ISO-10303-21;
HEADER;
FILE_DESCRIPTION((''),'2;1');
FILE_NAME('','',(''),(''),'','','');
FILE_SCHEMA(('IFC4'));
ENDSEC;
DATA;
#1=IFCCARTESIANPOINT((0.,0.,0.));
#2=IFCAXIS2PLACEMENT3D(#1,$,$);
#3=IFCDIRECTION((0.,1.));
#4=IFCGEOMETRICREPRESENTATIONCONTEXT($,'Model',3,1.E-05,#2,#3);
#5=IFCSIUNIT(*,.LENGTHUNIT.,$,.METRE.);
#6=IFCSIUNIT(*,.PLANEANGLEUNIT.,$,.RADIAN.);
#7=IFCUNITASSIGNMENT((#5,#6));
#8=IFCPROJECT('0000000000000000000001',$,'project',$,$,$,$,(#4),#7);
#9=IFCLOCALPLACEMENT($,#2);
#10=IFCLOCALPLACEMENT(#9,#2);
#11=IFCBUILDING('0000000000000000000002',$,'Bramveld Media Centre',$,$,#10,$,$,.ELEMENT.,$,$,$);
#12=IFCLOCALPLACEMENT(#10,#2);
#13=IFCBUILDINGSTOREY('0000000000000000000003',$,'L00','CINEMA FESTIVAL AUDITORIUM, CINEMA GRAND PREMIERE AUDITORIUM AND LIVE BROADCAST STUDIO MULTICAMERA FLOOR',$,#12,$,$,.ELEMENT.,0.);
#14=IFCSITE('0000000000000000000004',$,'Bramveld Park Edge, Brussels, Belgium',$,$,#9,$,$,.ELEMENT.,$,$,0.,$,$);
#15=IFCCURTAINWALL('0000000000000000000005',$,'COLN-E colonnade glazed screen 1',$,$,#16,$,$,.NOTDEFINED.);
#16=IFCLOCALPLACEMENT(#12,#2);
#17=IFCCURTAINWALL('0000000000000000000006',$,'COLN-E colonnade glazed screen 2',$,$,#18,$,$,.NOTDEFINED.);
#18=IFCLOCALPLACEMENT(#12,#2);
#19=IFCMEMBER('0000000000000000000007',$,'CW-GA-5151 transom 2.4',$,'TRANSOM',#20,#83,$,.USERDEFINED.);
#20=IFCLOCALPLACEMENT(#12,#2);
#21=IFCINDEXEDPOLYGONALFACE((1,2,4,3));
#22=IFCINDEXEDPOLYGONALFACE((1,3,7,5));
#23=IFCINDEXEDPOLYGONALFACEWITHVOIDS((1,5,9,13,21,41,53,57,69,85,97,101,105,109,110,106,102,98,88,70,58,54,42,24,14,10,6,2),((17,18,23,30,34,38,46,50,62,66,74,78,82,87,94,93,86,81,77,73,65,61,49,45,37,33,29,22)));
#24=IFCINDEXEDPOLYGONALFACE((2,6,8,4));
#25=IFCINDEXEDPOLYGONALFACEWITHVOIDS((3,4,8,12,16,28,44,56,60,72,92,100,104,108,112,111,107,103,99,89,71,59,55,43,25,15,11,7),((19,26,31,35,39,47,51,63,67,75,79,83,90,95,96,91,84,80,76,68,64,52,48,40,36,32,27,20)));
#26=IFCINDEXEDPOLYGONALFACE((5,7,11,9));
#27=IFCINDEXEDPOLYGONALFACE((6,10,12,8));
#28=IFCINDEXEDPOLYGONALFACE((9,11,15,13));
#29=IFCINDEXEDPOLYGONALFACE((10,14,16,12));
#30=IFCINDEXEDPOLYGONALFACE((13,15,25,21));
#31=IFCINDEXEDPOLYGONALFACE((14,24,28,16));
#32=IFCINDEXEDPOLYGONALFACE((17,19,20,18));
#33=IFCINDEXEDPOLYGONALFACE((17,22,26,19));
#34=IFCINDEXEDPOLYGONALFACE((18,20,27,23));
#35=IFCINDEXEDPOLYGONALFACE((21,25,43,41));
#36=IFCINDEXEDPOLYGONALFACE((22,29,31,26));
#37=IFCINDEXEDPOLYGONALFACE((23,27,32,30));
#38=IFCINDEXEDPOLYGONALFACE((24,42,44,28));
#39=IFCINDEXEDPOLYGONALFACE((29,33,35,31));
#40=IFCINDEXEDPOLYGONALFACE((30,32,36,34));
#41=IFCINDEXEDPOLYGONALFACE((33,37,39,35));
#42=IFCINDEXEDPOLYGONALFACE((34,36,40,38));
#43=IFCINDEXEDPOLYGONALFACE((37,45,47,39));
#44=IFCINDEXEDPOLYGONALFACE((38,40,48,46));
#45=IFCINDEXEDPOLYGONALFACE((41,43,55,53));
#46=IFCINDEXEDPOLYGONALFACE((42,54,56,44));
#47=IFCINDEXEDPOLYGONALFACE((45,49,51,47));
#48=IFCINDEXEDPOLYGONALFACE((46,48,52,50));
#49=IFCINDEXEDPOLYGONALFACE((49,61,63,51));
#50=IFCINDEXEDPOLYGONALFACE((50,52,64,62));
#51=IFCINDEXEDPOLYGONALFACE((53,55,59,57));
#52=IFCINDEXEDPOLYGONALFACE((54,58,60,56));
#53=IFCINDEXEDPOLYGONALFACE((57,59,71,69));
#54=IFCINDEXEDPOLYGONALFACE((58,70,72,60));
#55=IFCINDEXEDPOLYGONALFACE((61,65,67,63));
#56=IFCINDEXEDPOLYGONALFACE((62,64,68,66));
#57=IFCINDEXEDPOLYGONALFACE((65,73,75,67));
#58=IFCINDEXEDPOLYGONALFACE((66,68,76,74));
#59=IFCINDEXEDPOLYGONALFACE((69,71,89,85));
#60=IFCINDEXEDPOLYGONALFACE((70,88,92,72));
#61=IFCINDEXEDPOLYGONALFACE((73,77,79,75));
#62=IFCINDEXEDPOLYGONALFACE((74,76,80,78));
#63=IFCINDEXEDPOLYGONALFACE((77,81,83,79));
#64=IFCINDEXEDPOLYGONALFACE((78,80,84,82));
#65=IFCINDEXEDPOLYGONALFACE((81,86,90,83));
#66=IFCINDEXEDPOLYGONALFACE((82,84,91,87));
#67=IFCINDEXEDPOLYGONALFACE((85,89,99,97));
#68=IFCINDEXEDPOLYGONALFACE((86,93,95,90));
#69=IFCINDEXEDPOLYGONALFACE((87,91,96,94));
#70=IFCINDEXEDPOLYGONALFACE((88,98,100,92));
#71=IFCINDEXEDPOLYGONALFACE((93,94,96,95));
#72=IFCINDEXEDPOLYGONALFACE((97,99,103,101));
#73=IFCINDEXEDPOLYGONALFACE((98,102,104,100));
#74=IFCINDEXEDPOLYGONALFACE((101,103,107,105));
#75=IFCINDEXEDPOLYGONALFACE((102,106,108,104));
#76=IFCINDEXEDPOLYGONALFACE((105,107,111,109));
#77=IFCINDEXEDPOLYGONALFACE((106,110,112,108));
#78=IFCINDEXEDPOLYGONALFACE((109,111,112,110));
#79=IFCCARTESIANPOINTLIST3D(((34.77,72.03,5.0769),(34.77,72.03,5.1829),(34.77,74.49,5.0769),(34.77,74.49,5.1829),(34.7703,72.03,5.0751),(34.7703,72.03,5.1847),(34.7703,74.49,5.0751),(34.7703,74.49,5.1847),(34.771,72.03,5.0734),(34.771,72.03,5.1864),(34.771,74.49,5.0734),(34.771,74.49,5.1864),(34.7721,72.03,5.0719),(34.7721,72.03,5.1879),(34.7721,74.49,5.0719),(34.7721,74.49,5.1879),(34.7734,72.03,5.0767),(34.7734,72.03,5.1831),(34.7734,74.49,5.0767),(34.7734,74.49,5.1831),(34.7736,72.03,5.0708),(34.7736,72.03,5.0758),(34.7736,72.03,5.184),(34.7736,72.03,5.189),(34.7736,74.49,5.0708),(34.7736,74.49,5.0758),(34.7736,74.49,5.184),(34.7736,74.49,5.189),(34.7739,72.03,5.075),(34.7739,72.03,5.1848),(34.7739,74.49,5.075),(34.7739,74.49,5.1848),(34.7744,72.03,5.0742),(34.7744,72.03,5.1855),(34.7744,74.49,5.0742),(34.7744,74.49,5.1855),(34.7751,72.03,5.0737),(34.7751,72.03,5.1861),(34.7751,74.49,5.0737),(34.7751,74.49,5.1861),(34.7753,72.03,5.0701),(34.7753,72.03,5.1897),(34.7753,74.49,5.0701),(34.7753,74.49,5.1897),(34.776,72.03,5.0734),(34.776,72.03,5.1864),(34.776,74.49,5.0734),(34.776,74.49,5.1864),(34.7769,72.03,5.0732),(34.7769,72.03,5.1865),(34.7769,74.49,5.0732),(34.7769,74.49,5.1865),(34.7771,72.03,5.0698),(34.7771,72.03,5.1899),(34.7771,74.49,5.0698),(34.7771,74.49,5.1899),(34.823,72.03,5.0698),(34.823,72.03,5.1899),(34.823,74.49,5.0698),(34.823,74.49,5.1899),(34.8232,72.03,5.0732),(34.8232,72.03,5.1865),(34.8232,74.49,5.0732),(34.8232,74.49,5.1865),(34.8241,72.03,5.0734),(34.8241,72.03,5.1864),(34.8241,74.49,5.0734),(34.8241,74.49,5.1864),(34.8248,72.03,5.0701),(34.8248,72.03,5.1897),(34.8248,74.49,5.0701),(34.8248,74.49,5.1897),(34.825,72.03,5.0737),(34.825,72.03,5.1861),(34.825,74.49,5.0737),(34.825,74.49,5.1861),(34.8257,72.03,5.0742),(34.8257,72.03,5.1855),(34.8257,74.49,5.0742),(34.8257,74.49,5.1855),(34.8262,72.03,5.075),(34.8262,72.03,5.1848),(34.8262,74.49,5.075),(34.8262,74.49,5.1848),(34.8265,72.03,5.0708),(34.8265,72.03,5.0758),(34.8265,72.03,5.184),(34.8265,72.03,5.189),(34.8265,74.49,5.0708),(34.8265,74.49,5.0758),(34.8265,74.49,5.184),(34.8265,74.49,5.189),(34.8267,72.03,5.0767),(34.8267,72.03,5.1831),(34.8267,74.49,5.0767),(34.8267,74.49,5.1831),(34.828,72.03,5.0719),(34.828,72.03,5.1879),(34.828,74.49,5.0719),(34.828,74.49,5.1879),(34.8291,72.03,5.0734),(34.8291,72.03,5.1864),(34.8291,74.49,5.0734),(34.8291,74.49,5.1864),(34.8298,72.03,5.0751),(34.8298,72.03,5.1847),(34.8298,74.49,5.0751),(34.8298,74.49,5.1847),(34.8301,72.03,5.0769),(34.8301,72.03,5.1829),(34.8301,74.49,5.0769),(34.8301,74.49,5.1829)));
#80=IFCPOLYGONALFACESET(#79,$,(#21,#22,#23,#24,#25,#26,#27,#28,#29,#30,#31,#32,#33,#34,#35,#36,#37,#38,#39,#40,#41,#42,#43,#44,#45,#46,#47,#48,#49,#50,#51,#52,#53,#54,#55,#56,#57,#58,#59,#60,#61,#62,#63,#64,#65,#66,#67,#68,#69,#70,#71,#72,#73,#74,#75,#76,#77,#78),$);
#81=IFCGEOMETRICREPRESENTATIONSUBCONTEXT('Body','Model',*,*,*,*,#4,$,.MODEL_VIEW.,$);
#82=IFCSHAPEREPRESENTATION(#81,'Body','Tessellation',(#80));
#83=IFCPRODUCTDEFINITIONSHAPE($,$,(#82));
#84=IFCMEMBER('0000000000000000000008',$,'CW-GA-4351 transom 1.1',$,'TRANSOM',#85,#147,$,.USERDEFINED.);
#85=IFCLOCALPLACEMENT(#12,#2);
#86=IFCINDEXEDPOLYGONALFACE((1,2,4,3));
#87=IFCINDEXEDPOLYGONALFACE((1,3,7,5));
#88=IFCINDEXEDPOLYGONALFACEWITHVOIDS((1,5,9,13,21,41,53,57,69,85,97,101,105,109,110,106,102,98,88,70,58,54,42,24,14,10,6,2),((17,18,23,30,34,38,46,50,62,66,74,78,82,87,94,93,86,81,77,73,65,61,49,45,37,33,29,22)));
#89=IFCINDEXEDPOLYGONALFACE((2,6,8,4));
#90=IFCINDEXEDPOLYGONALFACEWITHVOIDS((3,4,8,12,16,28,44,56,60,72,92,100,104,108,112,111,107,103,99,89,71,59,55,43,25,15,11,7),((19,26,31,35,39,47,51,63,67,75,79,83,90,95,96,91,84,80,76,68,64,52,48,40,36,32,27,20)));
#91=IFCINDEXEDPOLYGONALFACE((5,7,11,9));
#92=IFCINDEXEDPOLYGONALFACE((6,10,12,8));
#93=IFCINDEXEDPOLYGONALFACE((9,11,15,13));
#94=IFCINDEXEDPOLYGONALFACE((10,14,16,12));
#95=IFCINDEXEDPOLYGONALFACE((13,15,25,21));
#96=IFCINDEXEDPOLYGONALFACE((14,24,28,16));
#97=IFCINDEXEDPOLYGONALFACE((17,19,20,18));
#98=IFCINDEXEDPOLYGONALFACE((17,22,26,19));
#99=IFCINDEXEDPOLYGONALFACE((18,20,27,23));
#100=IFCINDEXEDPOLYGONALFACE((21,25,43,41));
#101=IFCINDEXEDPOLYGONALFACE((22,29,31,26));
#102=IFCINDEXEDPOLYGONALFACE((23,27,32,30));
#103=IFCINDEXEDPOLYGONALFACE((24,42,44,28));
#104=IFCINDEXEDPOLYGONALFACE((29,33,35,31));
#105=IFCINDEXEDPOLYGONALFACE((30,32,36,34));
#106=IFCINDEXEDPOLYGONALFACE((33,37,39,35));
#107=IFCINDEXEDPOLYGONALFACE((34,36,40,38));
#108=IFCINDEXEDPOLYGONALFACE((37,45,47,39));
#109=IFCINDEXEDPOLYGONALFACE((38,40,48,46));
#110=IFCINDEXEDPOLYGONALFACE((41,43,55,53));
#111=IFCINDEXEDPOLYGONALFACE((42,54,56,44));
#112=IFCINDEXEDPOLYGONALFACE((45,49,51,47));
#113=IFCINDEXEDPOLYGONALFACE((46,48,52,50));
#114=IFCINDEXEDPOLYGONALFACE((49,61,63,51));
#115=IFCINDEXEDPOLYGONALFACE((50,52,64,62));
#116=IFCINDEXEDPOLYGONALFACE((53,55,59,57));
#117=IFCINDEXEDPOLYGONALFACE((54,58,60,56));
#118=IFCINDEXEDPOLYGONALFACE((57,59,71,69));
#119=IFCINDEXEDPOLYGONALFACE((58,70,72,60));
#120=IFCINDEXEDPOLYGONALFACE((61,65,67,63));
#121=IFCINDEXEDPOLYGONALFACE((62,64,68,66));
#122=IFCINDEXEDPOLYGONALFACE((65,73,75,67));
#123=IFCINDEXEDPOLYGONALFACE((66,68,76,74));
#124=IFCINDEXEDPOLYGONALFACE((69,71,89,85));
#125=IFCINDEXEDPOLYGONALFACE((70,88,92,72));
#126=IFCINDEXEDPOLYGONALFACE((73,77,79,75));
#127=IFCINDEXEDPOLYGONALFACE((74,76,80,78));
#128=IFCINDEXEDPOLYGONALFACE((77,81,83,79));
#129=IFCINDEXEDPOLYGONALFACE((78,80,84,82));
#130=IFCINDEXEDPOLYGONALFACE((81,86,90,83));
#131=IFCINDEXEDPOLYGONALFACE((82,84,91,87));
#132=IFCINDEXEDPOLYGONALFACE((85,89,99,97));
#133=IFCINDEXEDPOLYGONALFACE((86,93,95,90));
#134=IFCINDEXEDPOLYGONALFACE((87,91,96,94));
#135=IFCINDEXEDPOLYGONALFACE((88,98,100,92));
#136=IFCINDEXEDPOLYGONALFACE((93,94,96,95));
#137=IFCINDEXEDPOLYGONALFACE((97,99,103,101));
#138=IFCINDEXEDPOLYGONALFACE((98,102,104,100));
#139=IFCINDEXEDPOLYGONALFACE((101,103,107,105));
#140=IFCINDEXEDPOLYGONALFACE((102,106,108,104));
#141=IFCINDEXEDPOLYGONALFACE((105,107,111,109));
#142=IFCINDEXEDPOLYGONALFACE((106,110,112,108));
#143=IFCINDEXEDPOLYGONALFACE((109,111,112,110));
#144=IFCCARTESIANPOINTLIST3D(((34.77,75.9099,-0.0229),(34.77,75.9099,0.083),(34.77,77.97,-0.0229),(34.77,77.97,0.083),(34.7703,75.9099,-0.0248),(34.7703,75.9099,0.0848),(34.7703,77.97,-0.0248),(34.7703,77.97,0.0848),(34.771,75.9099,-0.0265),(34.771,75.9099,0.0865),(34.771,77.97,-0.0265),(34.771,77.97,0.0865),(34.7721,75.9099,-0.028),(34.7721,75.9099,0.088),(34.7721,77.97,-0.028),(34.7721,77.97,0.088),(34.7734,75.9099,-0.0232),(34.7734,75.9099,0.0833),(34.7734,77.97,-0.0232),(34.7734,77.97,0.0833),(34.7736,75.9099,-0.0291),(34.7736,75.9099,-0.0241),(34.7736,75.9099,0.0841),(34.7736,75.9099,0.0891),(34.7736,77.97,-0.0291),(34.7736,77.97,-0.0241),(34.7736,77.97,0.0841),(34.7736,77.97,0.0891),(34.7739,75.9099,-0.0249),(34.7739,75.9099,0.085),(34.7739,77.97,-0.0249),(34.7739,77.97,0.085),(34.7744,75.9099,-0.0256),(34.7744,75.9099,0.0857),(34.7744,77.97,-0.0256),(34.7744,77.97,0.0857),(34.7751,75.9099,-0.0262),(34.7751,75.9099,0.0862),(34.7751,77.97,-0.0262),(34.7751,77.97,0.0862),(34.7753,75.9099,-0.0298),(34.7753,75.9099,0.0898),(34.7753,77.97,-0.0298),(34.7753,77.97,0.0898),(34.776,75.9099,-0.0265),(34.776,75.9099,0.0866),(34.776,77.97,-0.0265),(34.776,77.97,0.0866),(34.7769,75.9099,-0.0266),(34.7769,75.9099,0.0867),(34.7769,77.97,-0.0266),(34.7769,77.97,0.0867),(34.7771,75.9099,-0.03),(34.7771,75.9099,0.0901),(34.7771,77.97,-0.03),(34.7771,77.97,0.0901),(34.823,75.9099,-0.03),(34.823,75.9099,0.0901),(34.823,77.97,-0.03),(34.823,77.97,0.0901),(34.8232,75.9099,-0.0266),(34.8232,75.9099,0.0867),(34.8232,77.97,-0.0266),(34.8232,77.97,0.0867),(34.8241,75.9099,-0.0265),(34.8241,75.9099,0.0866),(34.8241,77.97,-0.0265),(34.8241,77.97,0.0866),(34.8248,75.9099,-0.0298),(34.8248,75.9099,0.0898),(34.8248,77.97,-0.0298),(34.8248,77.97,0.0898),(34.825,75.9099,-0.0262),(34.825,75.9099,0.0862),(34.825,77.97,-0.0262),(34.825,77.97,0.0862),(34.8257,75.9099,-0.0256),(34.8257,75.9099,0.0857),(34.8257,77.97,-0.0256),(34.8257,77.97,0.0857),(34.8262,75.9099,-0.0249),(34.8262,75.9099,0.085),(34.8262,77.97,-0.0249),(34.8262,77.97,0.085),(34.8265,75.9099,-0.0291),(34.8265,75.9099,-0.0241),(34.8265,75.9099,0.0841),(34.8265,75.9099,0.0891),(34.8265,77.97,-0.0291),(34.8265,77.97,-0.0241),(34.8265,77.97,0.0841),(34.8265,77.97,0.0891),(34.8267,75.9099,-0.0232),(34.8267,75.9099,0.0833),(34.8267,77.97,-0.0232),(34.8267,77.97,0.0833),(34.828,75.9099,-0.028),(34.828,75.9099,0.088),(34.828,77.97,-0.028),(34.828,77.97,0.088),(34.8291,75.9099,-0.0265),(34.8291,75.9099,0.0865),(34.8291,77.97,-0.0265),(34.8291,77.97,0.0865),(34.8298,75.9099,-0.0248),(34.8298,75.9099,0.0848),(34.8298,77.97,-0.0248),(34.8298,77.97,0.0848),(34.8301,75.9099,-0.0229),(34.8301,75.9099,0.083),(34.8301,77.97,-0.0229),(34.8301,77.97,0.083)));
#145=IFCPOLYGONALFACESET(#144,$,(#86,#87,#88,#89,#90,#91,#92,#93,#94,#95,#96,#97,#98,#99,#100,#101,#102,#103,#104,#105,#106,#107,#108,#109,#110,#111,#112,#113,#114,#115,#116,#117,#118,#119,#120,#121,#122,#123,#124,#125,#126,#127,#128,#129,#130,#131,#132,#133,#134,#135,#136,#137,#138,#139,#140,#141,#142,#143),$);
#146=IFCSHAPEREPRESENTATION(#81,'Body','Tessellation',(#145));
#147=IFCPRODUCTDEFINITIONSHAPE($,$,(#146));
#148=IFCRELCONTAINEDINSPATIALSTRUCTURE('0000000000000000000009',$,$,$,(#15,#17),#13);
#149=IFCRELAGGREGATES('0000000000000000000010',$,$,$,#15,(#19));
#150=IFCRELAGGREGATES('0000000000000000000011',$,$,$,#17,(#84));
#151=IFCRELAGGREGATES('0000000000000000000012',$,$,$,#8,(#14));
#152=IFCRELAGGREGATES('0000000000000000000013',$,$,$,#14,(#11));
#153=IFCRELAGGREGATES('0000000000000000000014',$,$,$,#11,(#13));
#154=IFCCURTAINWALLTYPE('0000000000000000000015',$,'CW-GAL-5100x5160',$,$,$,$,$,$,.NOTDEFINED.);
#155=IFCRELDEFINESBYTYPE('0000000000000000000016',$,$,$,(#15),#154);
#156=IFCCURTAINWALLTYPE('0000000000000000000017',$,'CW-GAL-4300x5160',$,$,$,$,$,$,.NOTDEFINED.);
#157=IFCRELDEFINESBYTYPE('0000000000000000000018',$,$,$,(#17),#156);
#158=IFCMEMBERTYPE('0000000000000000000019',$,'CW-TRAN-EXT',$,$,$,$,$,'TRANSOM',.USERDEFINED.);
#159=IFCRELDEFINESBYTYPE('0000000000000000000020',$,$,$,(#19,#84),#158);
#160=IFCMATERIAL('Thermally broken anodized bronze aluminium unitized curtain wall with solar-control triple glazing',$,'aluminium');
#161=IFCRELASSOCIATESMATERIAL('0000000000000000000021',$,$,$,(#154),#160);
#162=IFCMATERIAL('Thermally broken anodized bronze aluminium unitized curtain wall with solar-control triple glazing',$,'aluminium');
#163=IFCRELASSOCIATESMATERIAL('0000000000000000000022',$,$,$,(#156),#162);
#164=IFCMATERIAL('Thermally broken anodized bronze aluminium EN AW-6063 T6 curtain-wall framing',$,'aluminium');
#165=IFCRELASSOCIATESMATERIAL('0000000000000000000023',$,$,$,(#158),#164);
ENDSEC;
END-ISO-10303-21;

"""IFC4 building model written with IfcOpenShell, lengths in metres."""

from ifc_helpers import new_model, si_unit, direction, frame, origin, origin_2d, place, context, subcontext, project, spatial, hollow_rectangle, extrude, material, material_profile, profile_set, type_object, element, aggregate, save


model = new_model("IFC4")

# Units and contexts
model_context = context("Model", 3, precision=1e-05, world=origin(), true_north=direction((0.0, 1.0)))
body_context = subcontext(model_context, "Body", "Model", "MODEL_VIEW")
ifc_project = project(units=[si_unit("LENGTHUNIT", "METRE"), si_unit("PLANEANGLEUNIT", "RADIAN")], contexts=[model_context])

# Site, building, storey
site_placement = place(None, origin())
site = spatial("IfcSite", under=ifc_project, at=site_placement, Name="Bramveld Park Edge, Brussels, Belgium", CompositionType="ELEMENT", RefElevation=0.0)
building_placement = place(site_placement, origin())
building = spatial("IfcBuilding", under=site, at=building_placement, Name="Bramveld Media Centre", CompositionType="ELEMENT")
storey_placement = place(building_placement, origin())
storey = spatial("IfcBuildingStorey", under=building, at=storey_placement, Name="L00", Description="CINEMA FESTIVAL AUDITORIUM, CINEMA GRAND PREMIERE AUDITORIUM AND LIVE BROADCAST STUDIO MULTICAMERA FLOOR", CompositionType="ELEMENT", Elevation=0.0)

# Curtain wall
ifc_material_1 = material(Name="Thermally broken anodized bronze aluminium unitized curtain wall with solar-control triple glazing", Category="aluminium")
curtain_wall_type_1 = type_object("IfcCurtainWallType", Name="CW-GAL-5100x5160", PredefinedType="NOTDEFINED", material=ifc_material_1)
curtain_wall_1_placement = place(storey_placement, origin())
curtain_wall_1 = element("IfcCurtainWall", 1, at=curtain_wall_1_placement, inside=storey, type_object=curtain_wall_type_1, Name="COLN-E colonnade glazed screen 1", PredefinedType="NOTDEFINED")

# Curtain wall
ifc_material_2 = material(Name="Thermally broken anodized bronze aluminium unitized curtain wall with solar-control triple glazing", Category="aluminium")
curtain_wall_type_2 = type_object("IfcCurtainWallType", Name="CW-GAL-4300x5160", PredefinedType="NOTDEFINED", material=ifc_material_2)
curtain_wall_2_placement = place(storey_placement, origin())
curtain_wall_2 = element("IfcCurtainWall", 2, at=curtain_wall_2_placement, inside=storey, type_object=curtain_wall_type_2, Name="COLN-E colonnade glazed screen 2", PredefinedType="NOTDEFINED")

# Members
ifc_material_3 = material(Name="Thermally broken anodized bronze aluminium EN AW-6063 T6 curtain-wall framing", Category="aluminium")
ifc_material_profile_1 = material_profile(ifc_material_3, hollow_rectangle(XDim=0.0601, YDim=0.1201, WallThickness=0.0034, InnerFilletRadius=0.0034, OuterFilletRadius=0.0071, at=origin_2d()), Name="AL-TRAN 60x120")
ifc_profile_set_1 = profile_set([ifc_material_profile_1], Name="Thermally broken anodized bronze aluminium EN AW-6063 T6 curtain-wall framing")
member_type_1 = type_object("IfcMemberType", Name="CW-TRAN-EXT", ElementType="TRANSOM", PredefinedType="USERDEFINED", material=ifc_profile_set_1)
member_1_placement = place(storey_placement, frame((34.8, 72.03, 5.1299), z_axis=(0.0, 1.0, 0.0), x_axis=(-1.0, 0.0, 0.0)))
member_1 = element("IfcMember", 3, at=member_1_placement, type_object=member_type_1, Name="CW-GA-5151 transom 2.4", ObjectType="TRANSOM", PredefinedType="USERDEFINED", context=body_context, shape_type="SweptSolid", body=[
    extrude(hollow_rectangle(XDim=0.0601, YDim=0.1201, WallThickness=0.0034, InnerFilletRadius=0.0034, OuterFilletRadius=0.0071, at=origin_2d()), origin(), (0.0, 0.0, 1.0), 2.46),
])
member_2_placement = place(storey_placement, frame((34.8, 75.9099, 0.03), z_axis=(0.0, 1.0, 0.0), x_axis=(-1.0, 0.0, 0.0)))
member_2 = element("IfcMember", 4, at=member_2_placement, type_object=member_type_1, Name="CW-GA-4351 transom 1.1", ObjectType="TRANSOM", PredefinedType="USERDEFINED", context=body_context, shape_type="SweptSolid", body=[
    extrude(hollow_rectangle(XDim=0.0601, YDim=0.1201, WallThickness=0.0034, InnerFilletRadius=0.0034, OuterFilletRadius=0.0071, at=origin_2d()), origin(), (0.0, 0.0, 1.0), 2.0601),
])

aggregate(curtain_wall_1, [member_1])
aggregate(curtain_wall_2, [member_2])

save(model, "model.ifc")
